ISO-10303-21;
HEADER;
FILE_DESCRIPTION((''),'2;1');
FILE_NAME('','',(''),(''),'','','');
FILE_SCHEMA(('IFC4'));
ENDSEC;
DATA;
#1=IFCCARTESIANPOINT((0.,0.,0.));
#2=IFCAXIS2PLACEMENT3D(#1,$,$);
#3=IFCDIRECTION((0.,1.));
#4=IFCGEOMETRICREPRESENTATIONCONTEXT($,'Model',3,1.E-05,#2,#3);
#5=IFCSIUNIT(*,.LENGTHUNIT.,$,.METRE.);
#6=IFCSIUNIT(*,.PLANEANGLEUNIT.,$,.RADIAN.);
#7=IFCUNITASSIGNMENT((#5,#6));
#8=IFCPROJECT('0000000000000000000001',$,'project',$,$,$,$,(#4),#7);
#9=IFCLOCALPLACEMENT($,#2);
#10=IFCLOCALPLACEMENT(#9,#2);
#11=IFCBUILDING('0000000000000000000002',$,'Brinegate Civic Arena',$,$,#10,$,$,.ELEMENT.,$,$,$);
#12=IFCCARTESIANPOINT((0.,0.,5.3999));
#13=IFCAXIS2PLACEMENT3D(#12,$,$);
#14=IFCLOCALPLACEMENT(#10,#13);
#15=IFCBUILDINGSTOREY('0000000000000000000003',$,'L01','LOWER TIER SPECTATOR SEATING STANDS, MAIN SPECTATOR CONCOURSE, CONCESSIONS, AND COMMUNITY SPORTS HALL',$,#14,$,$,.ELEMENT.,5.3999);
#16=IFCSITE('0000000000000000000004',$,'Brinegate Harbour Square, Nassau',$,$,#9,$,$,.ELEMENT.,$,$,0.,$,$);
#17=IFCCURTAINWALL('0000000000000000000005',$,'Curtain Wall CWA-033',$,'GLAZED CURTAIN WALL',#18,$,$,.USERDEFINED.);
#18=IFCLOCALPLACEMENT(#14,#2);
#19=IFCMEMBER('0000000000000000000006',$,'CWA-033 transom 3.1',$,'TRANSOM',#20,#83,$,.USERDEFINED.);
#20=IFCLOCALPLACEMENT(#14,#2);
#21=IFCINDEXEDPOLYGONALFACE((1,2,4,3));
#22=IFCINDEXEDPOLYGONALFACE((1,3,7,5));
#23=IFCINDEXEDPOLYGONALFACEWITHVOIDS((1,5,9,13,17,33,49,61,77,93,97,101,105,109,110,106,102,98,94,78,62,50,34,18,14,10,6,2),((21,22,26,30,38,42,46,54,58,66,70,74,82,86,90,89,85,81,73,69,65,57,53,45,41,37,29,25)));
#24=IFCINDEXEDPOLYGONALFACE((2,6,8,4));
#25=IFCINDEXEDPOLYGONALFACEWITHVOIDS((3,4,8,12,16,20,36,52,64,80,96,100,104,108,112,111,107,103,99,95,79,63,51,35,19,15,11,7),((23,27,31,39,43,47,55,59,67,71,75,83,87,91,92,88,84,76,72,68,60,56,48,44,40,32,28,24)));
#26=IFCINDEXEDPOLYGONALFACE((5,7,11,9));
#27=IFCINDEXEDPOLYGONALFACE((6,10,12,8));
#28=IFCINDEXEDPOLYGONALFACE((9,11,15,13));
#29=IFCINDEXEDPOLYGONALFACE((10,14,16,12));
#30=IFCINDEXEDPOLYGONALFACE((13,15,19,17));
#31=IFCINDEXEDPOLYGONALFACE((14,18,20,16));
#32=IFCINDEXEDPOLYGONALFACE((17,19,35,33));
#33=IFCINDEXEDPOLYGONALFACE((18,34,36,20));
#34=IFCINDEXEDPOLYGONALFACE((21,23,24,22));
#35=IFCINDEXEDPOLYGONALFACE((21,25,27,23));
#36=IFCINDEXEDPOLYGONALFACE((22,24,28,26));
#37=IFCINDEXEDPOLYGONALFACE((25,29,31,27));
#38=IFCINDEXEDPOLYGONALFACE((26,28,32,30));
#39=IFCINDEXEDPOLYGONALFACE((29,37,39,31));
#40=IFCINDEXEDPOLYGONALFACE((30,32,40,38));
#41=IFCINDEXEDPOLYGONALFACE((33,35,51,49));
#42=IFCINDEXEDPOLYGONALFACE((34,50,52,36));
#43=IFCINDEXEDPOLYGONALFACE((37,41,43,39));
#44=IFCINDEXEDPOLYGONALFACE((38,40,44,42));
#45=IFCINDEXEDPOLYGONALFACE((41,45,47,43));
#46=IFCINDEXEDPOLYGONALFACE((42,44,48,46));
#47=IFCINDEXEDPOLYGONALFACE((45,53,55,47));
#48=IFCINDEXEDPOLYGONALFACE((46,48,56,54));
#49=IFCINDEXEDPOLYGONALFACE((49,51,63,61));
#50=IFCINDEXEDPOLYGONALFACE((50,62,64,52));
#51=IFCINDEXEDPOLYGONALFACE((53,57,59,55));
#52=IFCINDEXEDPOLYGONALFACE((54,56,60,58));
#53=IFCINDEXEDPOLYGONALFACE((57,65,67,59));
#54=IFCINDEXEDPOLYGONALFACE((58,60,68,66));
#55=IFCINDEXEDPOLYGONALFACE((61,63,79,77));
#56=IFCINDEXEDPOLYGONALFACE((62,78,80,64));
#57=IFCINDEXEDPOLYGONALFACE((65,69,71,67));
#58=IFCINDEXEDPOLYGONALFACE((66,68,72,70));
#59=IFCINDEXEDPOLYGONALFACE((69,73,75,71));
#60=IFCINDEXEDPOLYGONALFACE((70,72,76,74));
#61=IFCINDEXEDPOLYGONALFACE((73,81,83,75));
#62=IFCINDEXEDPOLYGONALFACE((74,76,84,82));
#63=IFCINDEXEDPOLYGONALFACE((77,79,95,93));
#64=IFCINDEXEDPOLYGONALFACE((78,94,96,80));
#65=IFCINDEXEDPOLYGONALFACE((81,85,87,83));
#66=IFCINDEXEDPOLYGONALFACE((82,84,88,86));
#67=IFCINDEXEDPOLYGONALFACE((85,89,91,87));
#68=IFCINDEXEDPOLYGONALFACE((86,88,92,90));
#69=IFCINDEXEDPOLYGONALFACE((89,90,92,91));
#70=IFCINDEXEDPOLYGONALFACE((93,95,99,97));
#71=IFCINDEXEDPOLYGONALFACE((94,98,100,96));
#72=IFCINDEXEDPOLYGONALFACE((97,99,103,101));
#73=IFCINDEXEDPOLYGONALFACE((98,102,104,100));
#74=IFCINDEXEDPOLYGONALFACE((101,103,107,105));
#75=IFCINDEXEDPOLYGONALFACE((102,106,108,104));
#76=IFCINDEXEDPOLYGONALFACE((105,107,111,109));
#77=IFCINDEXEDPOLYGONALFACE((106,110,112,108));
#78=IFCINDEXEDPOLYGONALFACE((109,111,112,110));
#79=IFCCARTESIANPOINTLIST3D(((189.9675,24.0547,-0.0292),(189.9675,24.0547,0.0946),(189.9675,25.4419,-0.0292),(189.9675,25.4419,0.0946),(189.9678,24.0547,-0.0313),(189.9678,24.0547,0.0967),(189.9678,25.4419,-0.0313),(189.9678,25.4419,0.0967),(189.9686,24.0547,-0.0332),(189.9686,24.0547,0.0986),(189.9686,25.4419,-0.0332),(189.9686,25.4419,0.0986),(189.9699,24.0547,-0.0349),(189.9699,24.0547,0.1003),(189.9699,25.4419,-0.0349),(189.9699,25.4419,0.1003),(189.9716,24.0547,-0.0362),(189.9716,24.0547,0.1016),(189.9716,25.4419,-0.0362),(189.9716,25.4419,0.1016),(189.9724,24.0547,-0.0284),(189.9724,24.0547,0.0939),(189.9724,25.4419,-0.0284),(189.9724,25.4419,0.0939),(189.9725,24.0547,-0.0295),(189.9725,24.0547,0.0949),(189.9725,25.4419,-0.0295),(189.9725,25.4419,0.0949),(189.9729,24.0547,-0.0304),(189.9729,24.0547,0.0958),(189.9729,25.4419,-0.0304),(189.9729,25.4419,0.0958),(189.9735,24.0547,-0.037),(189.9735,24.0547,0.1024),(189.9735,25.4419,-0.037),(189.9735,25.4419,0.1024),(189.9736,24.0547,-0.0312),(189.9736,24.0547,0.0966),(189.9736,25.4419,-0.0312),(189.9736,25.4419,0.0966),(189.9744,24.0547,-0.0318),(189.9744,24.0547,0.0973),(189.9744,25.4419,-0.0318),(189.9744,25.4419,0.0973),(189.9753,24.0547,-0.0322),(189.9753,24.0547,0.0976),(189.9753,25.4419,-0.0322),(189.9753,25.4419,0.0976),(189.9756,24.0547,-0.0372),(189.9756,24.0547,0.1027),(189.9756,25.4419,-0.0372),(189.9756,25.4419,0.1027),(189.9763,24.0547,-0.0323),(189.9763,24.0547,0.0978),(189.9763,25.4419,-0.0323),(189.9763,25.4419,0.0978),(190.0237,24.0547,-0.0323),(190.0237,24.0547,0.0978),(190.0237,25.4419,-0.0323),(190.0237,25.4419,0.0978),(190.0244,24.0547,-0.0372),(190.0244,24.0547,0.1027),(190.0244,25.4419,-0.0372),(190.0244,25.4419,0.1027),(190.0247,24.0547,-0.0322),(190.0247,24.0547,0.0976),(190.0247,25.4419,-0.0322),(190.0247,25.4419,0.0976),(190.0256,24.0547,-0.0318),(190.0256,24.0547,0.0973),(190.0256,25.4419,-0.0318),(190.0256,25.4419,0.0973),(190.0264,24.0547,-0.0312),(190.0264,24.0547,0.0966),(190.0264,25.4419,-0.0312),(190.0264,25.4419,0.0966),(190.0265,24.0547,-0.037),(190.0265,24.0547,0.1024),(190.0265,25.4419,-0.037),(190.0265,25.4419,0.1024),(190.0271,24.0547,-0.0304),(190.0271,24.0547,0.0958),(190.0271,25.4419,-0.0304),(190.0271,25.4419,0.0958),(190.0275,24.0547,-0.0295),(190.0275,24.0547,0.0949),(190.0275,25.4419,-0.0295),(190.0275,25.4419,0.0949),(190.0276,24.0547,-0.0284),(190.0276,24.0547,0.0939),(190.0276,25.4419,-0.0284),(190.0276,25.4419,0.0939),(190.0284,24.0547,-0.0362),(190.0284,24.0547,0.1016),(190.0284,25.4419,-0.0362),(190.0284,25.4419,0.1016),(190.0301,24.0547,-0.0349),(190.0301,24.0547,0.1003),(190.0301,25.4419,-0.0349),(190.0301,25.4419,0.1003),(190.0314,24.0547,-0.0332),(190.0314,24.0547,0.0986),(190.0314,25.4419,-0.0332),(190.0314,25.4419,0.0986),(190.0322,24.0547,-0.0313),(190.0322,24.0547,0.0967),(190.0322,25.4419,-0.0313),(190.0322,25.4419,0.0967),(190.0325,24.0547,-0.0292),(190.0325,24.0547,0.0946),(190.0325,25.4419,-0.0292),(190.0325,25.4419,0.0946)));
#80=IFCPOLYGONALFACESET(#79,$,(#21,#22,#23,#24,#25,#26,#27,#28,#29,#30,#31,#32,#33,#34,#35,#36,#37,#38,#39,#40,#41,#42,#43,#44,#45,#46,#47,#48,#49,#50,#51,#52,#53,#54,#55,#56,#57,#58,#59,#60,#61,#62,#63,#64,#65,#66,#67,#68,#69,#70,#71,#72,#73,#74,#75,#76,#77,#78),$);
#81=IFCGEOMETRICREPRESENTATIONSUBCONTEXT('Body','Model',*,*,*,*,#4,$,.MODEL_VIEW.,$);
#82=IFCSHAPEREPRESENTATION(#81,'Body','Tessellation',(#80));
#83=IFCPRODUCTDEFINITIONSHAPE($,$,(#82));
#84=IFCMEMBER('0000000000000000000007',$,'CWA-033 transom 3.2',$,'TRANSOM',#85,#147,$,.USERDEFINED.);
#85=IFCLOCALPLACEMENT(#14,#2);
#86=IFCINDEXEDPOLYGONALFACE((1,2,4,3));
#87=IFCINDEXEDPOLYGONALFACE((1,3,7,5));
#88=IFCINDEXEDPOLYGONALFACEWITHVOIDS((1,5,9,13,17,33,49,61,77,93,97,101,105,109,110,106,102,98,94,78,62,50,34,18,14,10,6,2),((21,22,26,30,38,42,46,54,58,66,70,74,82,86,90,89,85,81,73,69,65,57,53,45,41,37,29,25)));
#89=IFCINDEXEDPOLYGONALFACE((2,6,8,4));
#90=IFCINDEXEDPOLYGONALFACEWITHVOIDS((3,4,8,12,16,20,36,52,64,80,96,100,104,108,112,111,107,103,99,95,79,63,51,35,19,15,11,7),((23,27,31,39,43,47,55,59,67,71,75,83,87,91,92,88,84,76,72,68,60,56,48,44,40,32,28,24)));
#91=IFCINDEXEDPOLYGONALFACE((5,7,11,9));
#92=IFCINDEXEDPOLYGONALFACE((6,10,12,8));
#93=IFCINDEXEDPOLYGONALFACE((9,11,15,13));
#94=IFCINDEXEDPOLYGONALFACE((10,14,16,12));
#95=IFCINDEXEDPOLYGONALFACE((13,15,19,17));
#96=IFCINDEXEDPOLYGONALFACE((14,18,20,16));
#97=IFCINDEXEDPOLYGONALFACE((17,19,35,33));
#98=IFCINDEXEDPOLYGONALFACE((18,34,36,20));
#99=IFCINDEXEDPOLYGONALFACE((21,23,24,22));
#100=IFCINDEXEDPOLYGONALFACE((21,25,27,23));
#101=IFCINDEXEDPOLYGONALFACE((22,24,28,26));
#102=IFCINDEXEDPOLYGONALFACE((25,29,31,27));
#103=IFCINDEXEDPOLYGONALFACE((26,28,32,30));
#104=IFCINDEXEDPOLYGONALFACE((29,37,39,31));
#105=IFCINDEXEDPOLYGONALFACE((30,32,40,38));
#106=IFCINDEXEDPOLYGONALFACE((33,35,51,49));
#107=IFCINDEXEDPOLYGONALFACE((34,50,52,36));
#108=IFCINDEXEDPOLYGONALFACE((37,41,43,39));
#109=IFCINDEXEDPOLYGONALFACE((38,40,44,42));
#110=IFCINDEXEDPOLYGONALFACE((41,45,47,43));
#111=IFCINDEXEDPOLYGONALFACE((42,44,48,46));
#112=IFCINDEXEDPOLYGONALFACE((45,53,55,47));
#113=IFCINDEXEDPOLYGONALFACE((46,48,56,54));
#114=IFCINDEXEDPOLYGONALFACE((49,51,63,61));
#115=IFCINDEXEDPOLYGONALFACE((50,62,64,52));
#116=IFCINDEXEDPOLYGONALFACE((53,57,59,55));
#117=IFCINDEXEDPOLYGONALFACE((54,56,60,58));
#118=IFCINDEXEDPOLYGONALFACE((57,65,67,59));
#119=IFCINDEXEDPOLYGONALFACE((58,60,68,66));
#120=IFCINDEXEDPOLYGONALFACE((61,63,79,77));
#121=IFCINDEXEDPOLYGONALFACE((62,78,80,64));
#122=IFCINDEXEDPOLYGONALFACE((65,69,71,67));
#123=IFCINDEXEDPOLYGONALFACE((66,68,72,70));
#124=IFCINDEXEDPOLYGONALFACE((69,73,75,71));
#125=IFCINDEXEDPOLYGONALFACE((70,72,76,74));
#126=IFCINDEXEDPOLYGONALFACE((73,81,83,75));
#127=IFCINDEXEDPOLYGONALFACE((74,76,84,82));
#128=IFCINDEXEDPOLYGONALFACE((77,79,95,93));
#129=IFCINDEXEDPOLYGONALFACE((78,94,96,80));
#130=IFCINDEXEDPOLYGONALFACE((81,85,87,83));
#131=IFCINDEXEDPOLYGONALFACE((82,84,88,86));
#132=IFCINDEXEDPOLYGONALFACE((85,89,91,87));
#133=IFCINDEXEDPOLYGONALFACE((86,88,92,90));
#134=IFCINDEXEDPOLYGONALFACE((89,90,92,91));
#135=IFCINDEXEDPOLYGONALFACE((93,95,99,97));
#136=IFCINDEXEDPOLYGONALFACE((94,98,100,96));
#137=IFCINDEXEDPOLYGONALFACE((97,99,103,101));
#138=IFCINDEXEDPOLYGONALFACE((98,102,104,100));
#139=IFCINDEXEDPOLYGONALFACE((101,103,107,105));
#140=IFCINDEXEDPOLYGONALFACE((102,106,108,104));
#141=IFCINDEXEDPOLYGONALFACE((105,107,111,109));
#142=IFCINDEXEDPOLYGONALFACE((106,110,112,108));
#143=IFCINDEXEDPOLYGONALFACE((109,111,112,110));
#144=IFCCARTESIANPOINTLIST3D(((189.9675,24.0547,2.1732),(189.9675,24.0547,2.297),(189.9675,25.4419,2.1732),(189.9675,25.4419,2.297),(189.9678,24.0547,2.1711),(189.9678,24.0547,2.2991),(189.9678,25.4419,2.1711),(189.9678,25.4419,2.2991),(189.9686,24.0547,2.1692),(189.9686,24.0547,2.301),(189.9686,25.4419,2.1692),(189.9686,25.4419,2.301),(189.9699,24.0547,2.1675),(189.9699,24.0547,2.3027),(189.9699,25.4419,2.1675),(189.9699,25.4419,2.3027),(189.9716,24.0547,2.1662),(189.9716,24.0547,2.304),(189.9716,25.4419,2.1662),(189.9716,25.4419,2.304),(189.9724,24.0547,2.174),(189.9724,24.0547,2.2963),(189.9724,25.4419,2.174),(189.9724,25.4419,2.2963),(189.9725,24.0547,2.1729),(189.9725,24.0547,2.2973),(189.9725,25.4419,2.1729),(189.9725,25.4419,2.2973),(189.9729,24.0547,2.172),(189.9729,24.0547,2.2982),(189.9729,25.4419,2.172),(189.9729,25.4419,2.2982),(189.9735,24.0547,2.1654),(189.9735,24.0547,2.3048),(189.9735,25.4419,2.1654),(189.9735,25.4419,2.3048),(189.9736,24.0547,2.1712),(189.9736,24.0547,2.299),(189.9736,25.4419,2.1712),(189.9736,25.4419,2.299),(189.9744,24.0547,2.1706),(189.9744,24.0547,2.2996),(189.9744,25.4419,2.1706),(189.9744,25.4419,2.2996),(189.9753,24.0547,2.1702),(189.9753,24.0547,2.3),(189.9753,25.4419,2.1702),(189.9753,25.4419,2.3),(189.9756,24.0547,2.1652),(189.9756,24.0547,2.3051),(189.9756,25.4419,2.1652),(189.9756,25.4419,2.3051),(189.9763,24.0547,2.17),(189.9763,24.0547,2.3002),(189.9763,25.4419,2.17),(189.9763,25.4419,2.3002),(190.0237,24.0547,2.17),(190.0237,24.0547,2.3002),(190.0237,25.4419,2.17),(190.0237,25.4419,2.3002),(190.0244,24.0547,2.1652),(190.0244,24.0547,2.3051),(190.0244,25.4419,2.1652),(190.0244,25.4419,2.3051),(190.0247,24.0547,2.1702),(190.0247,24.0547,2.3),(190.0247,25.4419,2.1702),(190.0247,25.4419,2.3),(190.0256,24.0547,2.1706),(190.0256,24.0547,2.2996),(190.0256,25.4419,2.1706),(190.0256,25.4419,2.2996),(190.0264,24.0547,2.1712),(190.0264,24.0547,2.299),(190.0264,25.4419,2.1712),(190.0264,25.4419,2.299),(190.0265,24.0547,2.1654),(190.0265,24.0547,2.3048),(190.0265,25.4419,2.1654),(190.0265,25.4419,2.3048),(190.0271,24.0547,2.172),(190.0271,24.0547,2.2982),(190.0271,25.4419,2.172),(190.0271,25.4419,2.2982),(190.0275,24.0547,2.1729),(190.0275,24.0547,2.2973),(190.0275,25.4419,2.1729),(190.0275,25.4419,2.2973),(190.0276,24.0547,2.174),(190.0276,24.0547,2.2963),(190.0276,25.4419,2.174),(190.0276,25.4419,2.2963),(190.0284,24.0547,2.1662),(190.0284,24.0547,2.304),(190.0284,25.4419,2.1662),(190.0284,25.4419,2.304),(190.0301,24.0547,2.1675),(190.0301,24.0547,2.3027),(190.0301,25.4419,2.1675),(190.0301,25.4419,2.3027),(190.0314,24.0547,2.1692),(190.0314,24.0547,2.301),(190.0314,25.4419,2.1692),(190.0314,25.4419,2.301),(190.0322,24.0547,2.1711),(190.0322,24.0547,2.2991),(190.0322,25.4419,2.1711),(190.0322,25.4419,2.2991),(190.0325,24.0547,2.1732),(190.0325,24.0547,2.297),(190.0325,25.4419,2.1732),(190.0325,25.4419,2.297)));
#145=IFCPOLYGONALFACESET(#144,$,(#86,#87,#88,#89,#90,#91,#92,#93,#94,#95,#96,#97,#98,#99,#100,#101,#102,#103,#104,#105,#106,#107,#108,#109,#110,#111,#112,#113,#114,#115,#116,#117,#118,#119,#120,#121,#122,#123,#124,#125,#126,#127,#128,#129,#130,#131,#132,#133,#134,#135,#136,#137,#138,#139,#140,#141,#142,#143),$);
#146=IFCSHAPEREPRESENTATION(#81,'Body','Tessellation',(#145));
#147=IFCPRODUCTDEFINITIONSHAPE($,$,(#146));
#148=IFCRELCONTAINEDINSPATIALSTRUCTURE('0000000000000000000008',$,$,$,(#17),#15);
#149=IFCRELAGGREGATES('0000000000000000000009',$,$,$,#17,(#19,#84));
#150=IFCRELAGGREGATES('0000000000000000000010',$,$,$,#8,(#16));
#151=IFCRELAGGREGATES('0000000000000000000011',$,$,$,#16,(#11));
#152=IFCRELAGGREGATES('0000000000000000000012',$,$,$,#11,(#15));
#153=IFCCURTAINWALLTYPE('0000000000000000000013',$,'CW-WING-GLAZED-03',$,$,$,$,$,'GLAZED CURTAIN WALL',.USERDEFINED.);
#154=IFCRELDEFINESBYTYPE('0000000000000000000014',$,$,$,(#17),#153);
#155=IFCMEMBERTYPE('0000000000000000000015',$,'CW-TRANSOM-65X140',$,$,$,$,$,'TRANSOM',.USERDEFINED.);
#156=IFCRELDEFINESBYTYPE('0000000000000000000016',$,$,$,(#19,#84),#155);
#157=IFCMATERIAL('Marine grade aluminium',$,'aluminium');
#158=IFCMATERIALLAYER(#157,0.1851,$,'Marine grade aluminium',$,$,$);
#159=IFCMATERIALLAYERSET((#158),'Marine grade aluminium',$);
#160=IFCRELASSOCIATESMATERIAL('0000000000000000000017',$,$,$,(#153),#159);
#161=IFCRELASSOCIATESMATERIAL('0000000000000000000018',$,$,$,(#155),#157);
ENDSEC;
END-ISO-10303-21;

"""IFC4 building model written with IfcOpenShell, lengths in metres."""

from ifc_helpers import new_model, si_unit, direction, frame, origin, origin_2d, place, context, subcontext, project, spatial, hollow_rectangle, extrude, material, layer, layer_set, material_profile, profile_set, type_object, element, aggregate, save


model = new_model("IFC4")

# Units and contexts
model_context = context("Model", 3, precision=1e-05, world=origin(), true_north=direction((0.0, 1.0)))
body_context = subcontext(model_context, "Body", "Model", "MODEL_VIEW")
ifc_project = project(units=[si_unit("LENGTHUNIT", "METRE"), si_unit("PLANEANGLEUNIT", "RADIAN")], contexts=[model_context])

# Site, building, storey
site_placement = place(None, origin())
site = spatial("IfcSite", under=ifc_project, at=site_placement, Name="Brinegate Harbour Square, Nassau", CompositionType="ELEMENT", RefElevation=0.0)
building_placement = place(site_placement, origin())
building = spatial("IfcBuilding", under=site, at=building_placement, Name="Brinegate Civic Arena", CompositionType="ELEMENT")
storey_placement = place(building_placement, frame((0.0, 0.0, 5.3999)))
storey = spatial("IfcBuildingStorey", under=building, at=storey_placement, Name="L01", Description="LOWER TIER SPECTATOR SEATING STANDS, MAIN SPECTATOR CONCOURSE, CONCESSIONS, AND COMMUNITY SPORTS HALL", CompositionType="ELEMENT", Elevation=5.3999)

# Curtain wall, members
ifc_material_1 = material(Name="Marine grade aluminium", Category="aluminium")
ifc_layer_1 = layer(ifc_material_1, 0.1851, Name="Marine grade aluminium")
ifc_layer_set_1 = layer_set([ifc_layer_1], Name="Marine grade aluminium")
curtain_wall_type = type_object("IfcCurtainWallType", Name="CW-WING-GLAZED-03", ElementType="GLAZED CURTAIN WALL", PredefinedType="USERDEFINED", material=ifc_layer_set_1)
curtain_wall_placement = place(storey_placement, origin())
curtain_wall = element("IfcCurtainWall", 1, at=curtain_wall_placement, inside=storey, type_object=curtain_wall_type, Name="Curtain Wall CWA-033", ObjectType="GLAZED CURTAIN WALL", PredefinedType="USERDEFINED")
ifc_material_profile_1 = material_profile(ifc_material_1, hollow_rectangle(XDim=0.0649, YDim=0.1399, WallThickness=0.0049, InnerFilletRadius=0.0039, OuterFilletRadius=0.0081, at=origin_2d()), Name="TRN65X140")
ifc_profile_set_1 = profile_set([ifc_material_profile_1], Name="Marine grade aluminium")
member_type_1 = type_object("IfcMemberType", Name="CW-TRANSOM-65X140", ElementType="TRANSOM", PredefinedType="USERDEFINED", material=ifc_profile_set_1)
member_1_placement = place(storey_placement, frame((190.0, 24.0547, 0.0327), z_axis=(0.0, 1.0, 0.0), x_axis=(-1.0, 0.0, 0.0)))
member_1 = element("IfcMember", 2, at=member_1_placement, type_object=member_type_1, Name="CWA-033 transom 3.1", ObjectType="TRANSOM", PredefinedType="USERDEFINED", context=body_context, shape_type="SweptSolid", body=[
    extrude(hollow_rectangle(XDim=0.0649, YDim=0.1399, WallThickness=0.0049, InnerFilletRadius=0.0039, OuterFilletRadius=0.0081, at=origin_2d()), origin(), (0.0, 0.0, 1.0), 1.3872),
])
member_2_placement = place(storey_placement, frame((190.0, 24.0547, 2.2351), z_axis=(0.0, 1.0, 0.0), x_axis=(-1.0, 0.0, 0.0)))
member_2 = element("IfcMember", 3, at=member_2_placement, type_object=member_type_1, Name="CWA-033 transom 3.2", ObjectType="TRANSOM", PredefinedType="USERDEFINED", context=body_context, shape_type="SweptSolid", body=[
    extrude(hollow_rectangle(XDim=0.0649, YDim=0.1399, WallThickness=0.0049, InnerFilletRadius=0.0039, OuterFilletRadius=0.0081, at=origin_2d()), origin(), (0.0, 0.0, 1.0), 1.3872),
])

aggregate(curtain_wall, [member_1, member_2])

save(model, "model.ifc")
